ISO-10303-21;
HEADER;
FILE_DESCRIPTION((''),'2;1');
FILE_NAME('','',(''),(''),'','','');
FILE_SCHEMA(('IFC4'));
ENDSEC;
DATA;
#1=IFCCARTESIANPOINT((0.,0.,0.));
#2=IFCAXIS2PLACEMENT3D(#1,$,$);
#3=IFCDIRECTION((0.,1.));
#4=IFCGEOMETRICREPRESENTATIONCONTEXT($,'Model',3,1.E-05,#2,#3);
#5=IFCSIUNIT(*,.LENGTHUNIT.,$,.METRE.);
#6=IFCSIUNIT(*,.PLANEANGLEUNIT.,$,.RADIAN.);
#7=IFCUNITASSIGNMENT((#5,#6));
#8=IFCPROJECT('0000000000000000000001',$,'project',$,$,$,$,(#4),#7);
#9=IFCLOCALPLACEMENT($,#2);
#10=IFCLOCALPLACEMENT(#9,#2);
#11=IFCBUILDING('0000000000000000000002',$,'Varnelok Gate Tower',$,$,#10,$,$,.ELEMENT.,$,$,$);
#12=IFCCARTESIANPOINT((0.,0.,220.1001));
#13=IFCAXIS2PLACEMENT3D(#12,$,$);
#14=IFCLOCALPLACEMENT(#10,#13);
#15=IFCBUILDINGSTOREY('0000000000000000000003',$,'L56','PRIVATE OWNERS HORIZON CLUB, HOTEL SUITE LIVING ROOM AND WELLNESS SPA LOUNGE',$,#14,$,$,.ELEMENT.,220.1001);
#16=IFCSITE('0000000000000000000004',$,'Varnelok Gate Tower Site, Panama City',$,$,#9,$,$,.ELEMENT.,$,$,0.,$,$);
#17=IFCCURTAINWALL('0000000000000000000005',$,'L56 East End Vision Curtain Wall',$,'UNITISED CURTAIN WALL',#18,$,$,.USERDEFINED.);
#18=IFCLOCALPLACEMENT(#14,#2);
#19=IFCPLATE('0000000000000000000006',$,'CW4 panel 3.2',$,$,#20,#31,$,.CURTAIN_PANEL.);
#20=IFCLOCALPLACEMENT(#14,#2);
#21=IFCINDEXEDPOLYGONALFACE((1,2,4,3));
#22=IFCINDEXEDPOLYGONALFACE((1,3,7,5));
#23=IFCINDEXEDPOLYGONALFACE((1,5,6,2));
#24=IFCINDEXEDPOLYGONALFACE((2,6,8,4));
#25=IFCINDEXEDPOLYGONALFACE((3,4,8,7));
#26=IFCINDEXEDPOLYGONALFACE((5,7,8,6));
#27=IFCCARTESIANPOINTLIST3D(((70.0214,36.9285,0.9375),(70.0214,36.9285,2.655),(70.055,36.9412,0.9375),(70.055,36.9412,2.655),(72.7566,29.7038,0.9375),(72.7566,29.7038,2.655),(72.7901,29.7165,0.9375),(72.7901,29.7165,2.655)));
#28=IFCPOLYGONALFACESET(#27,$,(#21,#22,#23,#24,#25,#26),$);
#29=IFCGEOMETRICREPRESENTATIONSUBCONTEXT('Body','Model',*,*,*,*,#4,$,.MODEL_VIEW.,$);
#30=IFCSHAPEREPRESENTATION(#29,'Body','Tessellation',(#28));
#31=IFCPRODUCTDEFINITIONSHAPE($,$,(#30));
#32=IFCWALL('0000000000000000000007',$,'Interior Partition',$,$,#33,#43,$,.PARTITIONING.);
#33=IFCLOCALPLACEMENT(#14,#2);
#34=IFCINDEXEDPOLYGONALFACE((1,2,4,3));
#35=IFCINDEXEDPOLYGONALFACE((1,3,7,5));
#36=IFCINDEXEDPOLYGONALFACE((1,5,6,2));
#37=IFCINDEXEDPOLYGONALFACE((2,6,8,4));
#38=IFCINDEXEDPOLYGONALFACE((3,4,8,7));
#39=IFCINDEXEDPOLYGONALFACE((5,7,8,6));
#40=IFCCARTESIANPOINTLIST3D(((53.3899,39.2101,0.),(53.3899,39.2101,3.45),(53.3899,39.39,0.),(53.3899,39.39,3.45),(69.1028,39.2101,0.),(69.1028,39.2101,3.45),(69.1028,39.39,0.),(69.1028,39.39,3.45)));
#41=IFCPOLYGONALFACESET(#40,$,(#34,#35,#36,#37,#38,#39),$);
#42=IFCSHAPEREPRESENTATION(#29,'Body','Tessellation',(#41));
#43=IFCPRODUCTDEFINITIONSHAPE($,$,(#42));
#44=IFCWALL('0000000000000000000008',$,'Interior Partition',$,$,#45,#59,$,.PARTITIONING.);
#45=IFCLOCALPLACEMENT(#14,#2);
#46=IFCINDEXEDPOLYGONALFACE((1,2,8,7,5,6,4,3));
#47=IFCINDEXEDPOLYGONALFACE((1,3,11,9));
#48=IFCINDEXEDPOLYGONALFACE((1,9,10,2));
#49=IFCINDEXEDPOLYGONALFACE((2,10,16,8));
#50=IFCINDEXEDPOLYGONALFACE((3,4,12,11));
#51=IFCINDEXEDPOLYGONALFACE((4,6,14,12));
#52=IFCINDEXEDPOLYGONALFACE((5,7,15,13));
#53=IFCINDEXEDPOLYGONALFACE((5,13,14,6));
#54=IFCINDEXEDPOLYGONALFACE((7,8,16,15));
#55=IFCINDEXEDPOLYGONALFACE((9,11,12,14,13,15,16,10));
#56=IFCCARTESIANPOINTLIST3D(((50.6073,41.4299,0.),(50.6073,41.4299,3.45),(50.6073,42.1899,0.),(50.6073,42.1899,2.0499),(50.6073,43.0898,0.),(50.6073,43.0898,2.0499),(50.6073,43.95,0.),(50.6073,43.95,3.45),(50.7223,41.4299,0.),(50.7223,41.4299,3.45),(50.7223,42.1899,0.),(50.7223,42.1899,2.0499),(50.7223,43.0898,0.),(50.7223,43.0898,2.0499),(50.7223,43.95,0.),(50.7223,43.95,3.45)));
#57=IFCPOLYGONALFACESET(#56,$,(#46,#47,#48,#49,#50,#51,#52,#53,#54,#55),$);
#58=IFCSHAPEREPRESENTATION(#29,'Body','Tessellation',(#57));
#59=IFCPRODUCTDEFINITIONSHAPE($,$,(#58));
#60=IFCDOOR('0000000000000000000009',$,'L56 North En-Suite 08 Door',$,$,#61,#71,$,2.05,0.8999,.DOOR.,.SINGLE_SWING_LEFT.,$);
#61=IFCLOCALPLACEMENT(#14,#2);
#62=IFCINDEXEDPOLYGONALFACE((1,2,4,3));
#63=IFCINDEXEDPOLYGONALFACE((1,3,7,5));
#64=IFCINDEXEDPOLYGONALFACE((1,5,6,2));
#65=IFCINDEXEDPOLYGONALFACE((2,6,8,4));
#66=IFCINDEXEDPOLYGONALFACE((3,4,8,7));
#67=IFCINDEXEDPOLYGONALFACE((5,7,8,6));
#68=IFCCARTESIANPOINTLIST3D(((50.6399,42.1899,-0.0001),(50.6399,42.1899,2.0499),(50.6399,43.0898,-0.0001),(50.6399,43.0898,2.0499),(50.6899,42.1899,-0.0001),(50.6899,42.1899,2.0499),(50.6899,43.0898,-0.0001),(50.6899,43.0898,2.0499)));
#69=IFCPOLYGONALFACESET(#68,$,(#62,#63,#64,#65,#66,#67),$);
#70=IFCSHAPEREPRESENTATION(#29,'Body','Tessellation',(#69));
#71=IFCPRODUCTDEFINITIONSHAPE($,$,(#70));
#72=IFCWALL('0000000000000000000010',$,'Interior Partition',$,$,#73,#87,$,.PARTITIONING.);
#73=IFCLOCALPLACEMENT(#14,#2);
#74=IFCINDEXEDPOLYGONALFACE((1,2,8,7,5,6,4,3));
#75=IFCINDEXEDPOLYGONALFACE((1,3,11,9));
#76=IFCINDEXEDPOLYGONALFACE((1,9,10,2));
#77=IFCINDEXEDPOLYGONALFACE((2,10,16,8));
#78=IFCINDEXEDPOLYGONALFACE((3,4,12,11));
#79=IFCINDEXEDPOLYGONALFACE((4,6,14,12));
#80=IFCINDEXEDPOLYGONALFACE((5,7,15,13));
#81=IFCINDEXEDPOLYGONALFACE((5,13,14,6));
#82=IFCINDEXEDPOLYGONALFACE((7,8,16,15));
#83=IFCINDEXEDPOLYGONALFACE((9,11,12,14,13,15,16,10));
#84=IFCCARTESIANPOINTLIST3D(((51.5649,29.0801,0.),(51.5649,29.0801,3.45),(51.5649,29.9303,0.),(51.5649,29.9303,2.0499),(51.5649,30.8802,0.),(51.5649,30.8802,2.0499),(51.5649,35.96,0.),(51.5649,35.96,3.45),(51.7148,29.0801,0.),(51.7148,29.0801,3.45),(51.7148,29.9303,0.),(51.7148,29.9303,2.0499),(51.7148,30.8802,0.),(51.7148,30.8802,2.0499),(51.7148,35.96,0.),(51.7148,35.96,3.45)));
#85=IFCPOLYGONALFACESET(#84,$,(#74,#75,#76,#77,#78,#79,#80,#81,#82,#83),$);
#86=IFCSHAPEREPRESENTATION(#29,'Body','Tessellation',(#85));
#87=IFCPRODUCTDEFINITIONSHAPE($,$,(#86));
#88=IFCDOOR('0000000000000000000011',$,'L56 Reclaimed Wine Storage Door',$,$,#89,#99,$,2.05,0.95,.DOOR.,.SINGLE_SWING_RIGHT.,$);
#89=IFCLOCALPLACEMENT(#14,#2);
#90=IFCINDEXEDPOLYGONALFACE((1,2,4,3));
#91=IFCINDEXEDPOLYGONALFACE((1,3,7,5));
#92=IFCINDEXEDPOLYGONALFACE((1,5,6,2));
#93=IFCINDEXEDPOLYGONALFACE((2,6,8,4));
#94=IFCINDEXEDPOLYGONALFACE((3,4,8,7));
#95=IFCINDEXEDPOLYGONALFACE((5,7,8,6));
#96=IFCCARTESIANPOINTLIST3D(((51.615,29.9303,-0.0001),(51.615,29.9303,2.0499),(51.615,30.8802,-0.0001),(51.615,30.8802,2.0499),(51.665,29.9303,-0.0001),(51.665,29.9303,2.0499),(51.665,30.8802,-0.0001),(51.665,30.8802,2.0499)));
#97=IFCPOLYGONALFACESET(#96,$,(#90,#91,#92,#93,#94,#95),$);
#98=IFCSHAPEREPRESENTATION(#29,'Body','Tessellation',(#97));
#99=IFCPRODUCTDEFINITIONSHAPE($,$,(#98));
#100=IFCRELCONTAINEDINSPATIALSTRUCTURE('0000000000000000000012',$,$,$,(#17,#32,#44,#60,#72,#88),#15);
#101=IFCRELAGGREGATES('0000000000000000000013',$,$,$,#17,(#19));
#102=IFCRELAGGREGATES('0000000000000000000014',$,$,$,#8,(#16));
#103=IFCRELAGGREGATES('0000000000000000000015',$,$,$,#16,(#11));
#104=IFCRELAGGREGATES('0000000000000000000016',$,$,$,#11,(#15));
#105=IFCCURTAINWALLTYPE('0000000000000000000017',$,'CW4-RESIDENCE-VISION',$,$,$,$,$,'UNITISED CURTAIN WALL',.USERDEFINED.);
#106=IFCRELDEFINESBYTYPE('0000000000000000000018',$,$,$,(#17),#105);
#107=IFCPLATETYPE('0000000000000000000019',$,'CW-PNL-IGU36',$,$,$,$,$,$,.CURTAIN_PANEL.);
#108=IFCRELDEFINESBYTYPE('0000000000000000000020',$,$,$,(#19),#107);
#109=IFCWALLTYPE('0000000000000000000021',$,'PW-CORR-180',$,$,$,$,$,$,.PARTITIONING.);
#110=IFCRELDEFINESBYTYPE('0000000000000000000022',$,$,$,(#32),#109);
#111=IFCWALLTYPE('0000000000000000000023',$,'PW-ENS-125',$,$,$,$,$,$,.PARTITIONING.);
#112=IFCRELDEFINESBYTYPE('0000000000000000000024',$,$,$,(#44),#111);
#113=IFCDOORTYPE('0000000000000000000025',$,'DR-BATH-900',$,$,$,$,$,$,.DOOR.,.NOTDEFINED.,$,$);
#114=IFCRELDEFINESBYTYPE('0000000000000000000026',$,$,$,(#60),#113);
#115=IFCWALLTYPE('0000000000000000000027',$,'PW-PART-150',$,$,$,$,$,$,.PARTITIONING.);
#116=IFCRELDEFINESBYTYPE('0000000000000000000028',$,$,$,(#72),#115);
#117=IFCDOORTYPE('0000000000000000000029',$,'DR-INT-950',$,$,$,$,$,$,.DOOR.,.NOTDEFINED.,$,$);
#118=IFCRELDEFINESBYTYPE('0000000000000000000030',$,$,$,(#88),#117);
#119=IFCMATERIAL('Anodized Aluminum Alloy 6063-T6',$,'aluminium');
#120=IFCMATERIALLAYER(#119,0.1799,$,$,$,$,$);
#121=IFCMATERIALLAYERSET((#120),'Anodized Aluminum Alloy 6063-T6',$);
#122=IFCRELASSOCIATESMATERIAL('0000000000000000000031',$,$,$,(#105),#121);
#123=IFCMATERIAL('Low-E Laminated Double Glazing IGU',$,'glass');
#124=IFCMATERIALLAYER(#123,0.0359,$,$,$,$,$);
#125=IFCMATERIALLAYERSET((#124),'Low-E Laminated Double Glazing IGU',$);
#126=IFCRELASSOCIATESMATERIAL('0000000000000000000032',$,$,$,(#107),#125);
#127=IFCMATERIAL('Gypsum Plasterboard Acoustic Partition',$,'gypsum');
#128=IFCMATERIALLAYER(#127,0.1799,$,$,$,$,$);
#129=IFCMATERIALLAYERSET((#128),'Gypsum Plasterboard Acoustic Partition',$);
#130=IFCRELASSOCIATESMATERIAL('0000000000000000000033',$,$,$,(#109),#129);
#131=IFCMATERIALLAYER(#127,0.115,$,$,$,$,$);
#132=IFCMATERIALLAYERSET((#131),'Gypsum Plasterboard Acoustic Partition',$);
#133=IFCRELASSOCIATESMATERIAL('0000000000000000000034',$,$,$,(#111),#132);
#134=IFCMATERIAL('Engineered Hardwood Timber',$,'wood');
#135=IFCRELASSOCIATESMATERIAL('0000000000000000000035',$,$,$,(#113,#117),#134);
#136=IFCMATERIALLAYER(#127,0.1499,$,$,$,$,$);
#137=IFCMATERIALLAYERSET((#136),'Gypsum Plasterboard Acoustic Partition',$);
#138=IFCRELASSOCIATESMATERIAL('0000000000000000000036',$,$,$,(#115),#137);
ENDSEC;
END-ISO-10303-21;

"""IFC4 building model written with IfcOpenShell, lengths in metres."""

from ifc_helpers import new_model, si_unit, direction, frame, frame_2d, origin, origin_2d, place, context, subcontext, project, spatial, rectangle, extrude, source, transform, mapped, material, layer, layer_set, type_object, element, fill, aggregate, save


model = new_model("IFC4")

# Units and contexts
model_context = context("Model", 3, precision=1e-05, world=origin(), true_north=direction((0.0, 1.0)))
body_context = subcontext(model_context, "Body", "Model", "MODEL_VIEW")
ifc_project = project(units=[si_unit("LENGTHUNIT", "METRE"), si_unit("PLANEANGLEUNIT", "RADIAN")], contexts=[model_context])

# Site, building, storey
site_placement = place(None, origin())
site = spatial("IfcSite", under=ifc_project, at=site_placement, Name="Varnelok Gate Tower Site, Panama City", CompositionType="ELEMENT", RefElevation=0.0)
building_placement = place(site_placement, origin())
building = spatial("IfcBuilding", under=site, at=building_placement, Name="Varnelok Gate Tower", CompositionType="ELEMENT")
storey_placement = place(building_placement, frame((0.0, 0.0, 220.1001)))
storey = spatial("IfcBuildingStorey", under=building, at=storey_placement, Name="L56", Description="PRIVATE OWNERS HORIZON CLUB, HOTEL SUITE LIVING ROOM AND WELLNESS SPA LOUNGE", CompositionType="ELEMENT", Elevation=220.1001)

# Curtain wall, plate
ifc_material_1 = material(Name="Anodized Aluminum Alloy 6063-T6", Category="aluminium")
ifc_layer_1 = layer(ifc_material_1, 0.1799)
ifc_layer_set_1 = layer_set([ifc_layer_1], Name="Anodized Aluminum Alloy 6063-T6")
curtain_wall_type = type_object("IfcCurtainWallType", Name="CW4-RESIDENCE-VISION", ElementType="UNITISED CURTAIN WALL", PredefinedType="USERDEFINED", material=ifc_layer_set_1)
curtain_wall_placement = place(storey_placement, origin())
curtain_wall = element("IfcCurtainWall", 1, at=curtain_wall_placement, inside=storey, type_object=curtain_wall_type, Name="L56 East End Vision Curtain Wall", ObjectType="UNITISED CURTAIN WALL", PredefinedType="USERDEFINED")
ifc_material_2 = material(Name="Low-E Laminated Double Glazing IGU", Category="glass")
ifc_layer_2 = layer(ifc_material_2, 0.0359)
ifc_layer_set_2 = layer_set([ifc_layer_2], Name="Low-E Laminated Double Glazing IGU")
plate_type = type_object("IfcPlateType", Name="CW-PNL-IGU36", PredefinedType="CURTAIN_PANEL", material=ifc_layer_set_2)
shared_shape_1 = source(origin(), body_context, "Body", "SweptSolid", [
    extrude(rectangle(XDim=7.7251, YDim=0.0359, at=origin_2d()), origin(), (0.0, 0.0, 1.0), 1.7175),
])
plate_1_placement = place(storey_placement, frame((71.4058, 33.3225, 0.9375), z_axis=(0.0, 0.0, 1.0), x_axis=(0.354063, -0.935222, 0.0)))
plate_1 = element("IfcPlate", 2, at=plate_1_placement, type_object=plate_type, Name="CW4 panel 3.2", PredefinedType="CURTAIN_PANEL", context=body_context, shape_type="MappedRepresentation", body=[
    mapped(shared_shape_1, transform((0.0, 0.0, 0.0), scale=1.0)),
])
aggregate(curtain_wall, [plate_1])

# Wall
ifc_material_3 = material(Name="Gypsum Plasterboard Acoustic Partition", Category="gypsum")
ifc_layer_3 = layer(ifc_material_3, 0.1799)
ifc_layer_set_3 = layer_set([ifc_layer_3], Name="Gypsum Plasterboard Acoustic Partition")
wall_type_1 = type_object("IfcWallType", Name="PW-CORR-180", PredefinedType="PARTITIONING", material=ifc_layer_set_3)
wall_1_placement = place(storey_placement, frame((53.3899, 39.3, 0.0), z_axis=(0.0, 0.0, 1.0), x_axis=(1.0, 0.0, 0.0)))
element("IfcWall", 3, at=wall_1_placement, inside=storey, type_object=wall_type_1, Name="Interior Partition", PredefinedType="PARTITIONING", context=body_context, shape_type="SweptSolid", body=[
    extrude(rectangle(XDim=15.7129, YDim=0.1799, at=frame_2d((7.8564, 0.0))), origin(), (0.0, 0.0, 1.0), 3.45),
])

# Walls, openings, doors
ifc_layer_4 = layer(ifc_material_3, 0.115)
ifc_layer_set_4 = layer_set([ifc_layer_4], Name="Gypsum Plasterboard Acoustic Partition")
wall_type_2 = type_object("IfcWallType", Name="PW-ENS-125", PredefinedType="PARTITIONING", material=ifc_layer_set_4)
wall_2_placement = place(storey_placement, frame((50.6648, 41.4299, 0.0), z_axis=(0.0, 0.0, 1.0), x_axis=(0.0, 1.0, 0.0)))
wall_2 = element("IfcWall", 4, at=wall_2_placement, inside=storey, type_object=wall_type_2, Name="Interior Partition", PredefinedType="PARTITIONING", context=body_context, shape_type="SweptSolid", body=[
    extrude(rectangle(XDim=2.52, YDim=0.115, at=frame_2d((1.26, 0.0))), origin(), (0.0, 0.0, 1.0), 3.45),
])
opening_1_placement = place(wall_2_placement, frame((0.76, 0.0, 0.0)))
opening_1 = element("IfcOpeningElement", 5, at=opening_1_placement, cuts=wall_2, PredefinedType="OPENING", context=body_context, shape_type="SweptSolid", body=[
    extrude(rectangle(XDim=0.8999, YDim=2.05, at=frame_2d((0.45, 1.0249))), frame((0.0, 0.0674, 0.0), z_axis=(0.0, -1.0, 0.0), x_axis=(1.0, 0.0, 0.0)), (0.0, 0.0, 1.0), 0.135),
])
ifc_material_4 = material(Name="Engineered Hardwood Timber", Category="wood")
door_type_1 = type_object("IfcDoorType", Name="DR-BATH-900", OperationType="NOTDEFINED", PredefinedType="DOOR", material=ifc_material_4)
door_1_placement = place(opening_1_placement, origin())
door_1 = element("IfcDoor", 6, at=door_1_placement, inside=storey, type_object=door_type_1, Name="L56 North En-Suite 08 Door", OperationType="SINGLE_SWING_LEFT", OverallHeight=2.05, OverallWidth=0.8999, PredefinedType="DOOR", context=body_context, shape_type="SweptSolid", body=[
    extrude(rectangle(XDim=0.8999, YDim=2.05, at=frame_2d((0.45, 1.0249))), frame((0.0, 0.0249, 0.0), z_axis=(0.0, -1.0, 0.0), x_axis=(1.0, 0.0, 0.0)), (0.0, 0.0, 1.0), 0.05),
])
fill(opening_1, door_1)
ifc_layer_5 = layer(ifc_material_3, 0.1499)
ifc_layer_set_5 = layer_set([ifc_layer_5], Name="Gypsum Plasterboard Acoustic Partition")
wall_type_3 = type_object("IfcWallType", Name="PW-PART-150", PredefinedType="PARTITIONING", material=ifc_layer_set_5)
wall_3_placement = place(storey_placement, frame((51.6399, 29.0801, 0.0), z_axis=(0.0, 0.0, 1.0), x_axis=(0.0, 1.0, 0.0)))
wall_3 = element("IfcWall", 7, at=wall_3_placement, inside=storey, type_object=wall_type_3, Name="Interior Partition", PredefinedType="PARTITIONING", context=body_context, shape_type="SweptSolid", body=[
    extrude(rectangle(XDim=6.8799, YDim=0.1499, at=frame_2d((3.4399, 0.0))), origin(), (0.0, 0.0, 1.0), 3.45),
])
opening_2_placement = place(wall_3_placement, frame((0.8501, 0.0, 0.0)))
opening_2 = element("IfcOpeningElement", 8, at=opening_2_placement, cuts=wall_3, PredefinedType="OPENING", context=body_context, shape_type="SweptSolid", body=[
    extrude(rectangle(XDim=0.95, YDim=2.05, at=frame_2d((0.4751, 1.0249))), frame((0.0, 0.085, 0.0), z_axis=(0.0, -1.0, 0.0), x_axis=(1.0, 0.0, 0.0)), (0.0, 0.0, 1.0), 0.1699),
])
door_type_2 = type_object("IfcDoorType", Name="DR-INT-950", OperationType="NOTDEFINED", PredefinedType="DOOR", material=ifc_material_4)
door_2_placement = place(opening_2_placement, origin())
door_2 = element("IfcDoor", 9, at=door_2_placement, inside=storey, type_object=door_type_2, Name="L56 Reclaimed Wine Storage Door", OperationType="SINGLE_SWING_RIGHT", OverallHeight=2.05, OverallWidth=0.95, PredefinedType="DOOR", context=body_context, shape_type="SweptSolid", body=[
    extrude(rectangle(XDim=0.95, YDim=2.05, at=frame_2d((0.4751, 1.0249))), frame((0.0, 0.0249, 0.0), z_axis=(0.0, -1.0, 0.0), x_axis=(1.0, 0.0, 0.0)), (0.0, 0.0, 1.0), 0.05),
])
fill(opening_2, door_2)

save(model, "model.ifc")
